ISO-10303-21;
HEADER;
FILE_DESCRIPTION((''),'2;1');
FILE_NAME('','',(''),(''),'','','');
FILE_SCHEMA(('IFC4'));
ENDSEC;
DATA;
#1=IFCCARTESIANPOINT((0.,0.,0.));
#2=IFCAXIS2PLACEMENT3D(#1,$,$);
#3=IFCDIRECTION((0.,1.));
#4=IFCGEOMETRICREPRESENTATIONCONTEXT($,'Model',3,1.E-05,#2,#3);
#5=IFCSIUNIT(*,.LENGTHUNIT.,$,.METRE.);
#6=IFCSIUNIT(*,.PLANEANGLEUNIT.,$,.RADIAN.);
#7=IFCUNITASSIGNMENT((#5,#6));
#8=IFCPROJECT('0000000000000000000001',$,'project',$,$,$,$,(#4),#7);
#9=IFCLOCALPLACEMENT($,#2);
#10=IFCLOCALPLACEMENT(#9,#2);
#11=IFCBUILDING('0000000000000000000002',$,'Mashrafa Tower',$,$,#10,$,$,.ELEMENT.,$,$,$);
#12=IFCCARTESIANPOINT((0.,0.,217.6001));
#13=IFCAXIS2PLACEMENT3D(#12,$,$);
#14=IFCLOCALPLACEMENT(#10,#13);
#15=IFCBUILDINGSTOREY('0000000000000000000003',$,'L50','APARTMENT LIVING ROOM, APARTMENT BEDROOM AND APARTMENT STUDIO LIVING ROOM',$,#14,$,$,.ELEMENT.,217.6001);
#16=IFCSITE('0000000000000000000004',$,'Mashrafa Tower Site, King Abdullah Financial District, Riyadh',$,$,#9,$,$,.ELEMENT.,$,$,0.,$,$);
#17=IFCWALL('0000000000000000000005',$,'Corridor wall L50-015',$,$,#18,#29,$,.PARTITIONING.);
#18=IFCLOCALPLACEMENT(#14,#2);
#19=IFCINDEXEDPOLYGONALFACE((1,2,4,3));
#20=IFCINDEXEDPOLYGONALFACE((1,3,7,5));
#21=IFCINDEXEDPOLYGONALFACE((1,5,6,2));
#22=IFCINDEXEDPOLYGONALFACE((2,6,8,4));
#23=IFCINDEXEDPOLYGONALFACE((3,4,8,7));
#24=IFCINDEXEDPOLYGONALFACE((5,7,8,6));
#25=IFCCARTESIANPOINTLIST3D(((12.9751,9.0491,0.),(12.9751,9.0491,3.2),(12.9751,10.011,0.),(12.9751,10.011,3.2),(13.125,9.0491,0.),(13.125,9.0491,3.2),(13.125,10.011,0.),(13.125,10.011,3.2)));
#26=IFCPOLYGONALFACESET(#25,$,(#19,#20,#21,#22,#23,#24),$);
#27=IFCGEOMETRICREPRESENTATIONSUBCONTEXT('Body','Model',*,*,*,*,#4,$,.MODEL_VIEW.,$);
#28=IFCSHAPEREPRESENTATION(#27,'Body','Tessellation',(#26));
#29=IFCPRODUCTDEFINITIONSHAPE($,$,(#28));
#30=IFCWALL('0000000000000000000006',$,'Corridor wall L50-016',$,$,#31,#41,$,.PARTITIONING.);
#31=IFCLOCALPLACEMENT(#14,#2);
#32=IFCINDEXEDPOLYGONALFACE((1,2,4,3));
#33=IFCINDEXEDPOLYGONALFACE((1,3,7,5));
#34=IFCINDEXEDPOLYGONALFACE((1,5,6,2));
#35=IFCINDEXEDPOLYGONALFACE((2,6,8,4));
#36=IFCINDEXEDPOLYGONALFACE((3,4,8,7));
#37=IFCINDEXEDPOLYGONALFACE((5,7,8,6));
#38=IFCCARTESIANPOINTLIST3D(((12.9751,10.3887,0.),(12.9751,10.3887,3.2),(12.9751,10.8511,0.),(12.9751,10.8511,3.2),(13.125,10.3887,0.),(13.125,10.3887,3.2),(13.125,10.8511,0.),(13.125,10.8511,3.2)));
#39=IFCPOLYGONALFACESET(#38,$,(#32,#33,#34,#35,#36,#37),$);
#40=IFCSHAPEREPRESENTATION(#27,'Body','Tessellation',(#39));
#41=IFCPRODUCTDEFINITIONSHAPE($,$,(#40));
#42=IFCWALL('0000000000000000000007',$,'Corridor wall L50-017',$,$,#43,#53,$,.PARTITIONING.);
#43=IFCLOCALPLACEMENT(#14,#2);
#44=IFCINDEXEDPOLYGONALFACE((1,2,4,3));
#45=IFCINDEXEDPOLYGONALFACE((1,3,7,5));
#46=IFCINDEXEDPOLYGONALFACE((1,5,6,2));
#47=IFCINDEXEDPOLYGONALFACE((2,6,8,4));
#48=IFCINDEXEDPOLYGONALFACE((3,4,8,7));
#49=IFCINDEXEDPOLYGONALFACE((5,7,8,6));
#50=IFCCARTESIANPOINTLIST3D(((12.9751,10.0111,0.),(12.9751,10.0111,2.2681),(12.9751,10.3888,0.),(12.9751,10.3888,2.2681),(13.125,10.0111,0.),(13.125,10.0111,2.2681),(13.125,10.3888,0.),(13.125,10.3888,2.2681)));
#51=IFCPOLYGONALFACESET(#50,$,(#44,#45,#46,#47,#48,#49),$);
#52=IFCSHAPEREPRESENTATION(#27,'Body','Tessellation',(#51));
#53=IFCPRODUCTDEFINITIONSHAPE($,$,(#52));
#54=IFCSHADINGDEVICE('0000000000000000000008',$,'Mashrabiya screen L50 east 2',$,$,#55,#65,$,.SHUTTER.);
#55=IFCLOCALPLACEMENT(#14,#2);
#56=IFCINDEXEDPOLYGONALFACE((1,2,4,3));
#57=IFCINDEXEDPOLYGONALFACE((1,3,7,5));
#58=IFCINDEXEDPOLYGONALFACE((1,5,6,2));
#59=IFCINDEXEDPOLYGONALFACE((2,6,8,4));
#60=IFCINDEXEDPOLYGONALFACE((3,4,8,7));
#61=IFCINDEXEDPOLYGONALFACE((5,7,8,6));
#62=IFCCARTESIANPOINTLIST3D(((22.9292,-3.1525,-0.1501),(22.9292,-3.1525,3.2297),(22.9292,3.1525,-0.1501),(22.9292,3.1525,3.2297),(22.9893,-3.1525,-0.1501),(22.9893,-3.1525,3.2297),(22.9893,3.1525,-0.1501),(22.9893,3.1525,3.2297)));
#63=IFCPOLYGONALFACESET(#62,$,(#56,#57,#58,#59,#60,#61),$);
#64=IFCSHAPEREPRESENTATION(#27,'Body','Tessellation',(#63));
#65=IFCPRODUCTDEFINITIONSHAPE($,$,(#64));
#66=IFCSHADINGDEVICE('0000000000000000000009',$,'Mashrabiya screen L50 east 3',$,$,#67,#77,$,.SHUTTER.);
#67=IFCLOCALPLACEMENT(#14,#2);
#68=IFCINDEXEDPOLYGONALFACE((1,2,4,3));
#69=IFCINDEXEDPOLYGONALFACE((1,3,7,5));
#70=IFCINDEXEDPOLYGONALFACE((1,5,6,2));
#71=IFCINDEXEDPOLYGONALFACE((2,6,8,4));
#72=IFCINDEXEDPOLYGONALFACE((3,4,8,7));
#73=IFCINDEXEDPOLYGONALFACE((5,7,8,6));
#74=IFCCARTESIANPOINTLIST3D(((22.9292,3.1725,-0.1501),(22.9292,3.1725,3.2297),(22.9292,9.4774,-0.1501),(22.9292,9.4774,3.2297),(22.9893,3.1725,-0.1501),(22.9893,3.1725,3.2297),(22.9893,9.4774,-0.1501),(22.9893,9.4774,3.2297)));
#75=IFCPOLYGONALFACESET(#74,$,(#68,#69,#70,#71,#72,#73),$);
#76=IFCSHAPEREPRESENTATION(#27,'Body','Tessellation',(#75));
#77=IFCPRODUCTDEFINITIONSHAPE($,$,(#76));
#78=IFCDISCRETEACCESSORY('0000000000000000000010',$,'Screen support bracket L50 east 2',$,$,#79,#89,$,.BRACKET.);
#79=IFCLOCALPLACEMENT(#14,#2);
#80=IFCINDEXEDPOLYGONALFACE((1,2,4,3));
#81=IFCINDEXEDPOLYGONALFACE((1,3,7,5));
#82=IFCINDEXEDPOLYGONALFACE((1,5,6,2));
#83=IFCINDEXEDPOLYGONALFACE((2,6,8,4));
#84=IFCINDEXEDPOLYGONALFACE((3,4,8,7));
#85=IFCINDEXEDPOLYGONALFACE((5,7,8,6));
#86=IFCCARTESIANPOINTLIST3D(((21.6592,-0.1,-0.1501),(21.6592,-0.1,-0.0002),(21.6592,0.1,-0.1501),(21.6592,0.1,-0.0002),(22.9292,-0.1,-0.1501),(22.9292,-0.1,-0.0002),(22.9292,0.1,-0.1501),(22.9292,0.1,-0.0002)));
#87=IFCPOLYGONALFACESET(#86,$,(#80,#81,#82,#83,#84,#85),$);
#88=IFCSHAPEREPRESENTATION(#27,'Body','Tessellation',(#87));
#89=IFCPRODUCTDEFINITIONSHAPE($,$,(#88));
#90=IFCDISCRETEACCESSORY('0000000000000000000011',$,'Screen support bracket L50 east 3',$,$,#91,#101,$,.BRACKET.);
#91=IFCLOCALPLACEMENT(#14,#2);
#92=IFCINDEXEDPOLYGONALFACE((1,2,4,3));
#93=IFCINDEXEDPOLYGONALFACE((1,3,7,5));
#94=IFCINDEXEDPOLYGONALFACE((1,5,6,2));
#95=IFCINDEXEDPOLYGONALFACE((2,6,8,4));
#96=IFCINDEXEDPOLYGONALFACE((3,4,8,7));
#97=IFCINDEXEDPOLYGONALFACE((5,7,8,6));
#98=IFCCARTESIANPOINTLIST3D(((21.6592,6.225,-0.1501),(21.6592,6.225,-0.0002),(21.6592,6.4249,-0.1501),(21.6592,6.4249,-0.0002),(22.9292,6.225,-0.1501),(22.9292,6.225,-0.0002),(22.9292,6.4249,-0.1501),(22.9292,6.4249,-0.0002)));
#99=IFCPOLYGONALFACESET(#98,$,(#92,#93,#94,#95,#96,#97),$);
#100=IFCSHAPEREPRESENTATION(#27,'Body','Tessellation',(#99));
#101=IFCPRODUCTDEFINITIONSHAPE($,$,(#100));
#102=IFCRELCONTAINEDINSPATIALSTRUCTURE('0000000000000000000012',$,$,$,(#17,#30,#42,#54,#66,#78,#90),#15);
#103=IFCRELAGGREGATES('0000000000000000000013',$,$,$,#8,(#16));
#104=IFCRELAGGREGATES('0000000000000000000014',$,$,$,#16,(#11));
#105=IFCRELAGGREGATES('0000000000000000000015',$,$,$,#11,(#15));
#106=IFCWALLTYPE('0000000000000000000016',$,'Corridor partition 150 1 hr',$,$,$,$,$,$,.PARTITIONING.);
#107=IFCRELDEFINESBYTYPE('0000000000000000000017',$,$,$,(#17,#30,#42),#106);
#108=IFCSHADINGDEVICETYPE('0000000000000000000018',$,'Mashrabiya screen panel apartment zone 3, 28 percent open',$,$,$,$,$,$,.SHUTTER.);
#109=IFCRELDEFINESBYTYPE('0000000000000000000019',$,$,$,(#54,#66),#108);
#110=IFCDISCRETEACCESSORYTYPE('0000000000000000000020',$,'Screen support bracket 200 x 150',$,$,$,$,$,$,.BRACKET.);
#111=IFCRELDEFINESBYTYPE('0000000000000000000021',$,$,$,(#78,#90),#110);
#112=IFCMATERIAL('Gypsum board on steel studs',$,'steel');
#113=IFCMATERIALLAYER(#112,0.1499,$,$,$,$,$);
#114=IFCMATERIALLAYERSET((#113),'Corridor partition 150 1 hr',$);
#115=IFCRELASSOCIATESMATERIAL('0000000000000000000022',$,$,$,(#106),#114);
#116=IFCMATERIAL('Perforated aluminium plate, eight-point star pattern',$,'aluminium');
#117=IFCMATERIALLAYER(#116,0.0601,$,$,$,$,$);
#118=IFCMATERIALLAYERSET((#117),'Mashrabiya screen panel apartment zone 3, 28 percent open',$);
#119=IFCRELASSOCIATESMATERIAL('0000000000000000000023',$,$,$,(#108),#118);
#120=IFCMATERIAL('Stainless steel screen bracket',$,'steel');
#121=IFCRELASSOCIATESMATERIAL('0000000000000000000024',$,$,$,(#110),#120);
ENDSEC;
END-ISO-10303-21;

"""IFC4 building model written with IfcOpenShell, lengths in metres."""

from ifc_helpers import new_model, si_unit, direction, frame, frame_2d, origin, origin_2d, place, context, subcontext, project, spatial, rectangle, extrude, source, transform, mapped, material, layer, layer_set, type_object, type_shapes, element, save


model = new_model("IFC4")

# Units and contexts
model_context = context("Model", 3, precision=1e-05, world=origin(), true_north=direction((0.0, 1.0)))
body_context = subcontext(model_context, "Body", "Model", "MODEL_VIEW")
ifc_project = project(units=[si_unit("LENGTHUNIT", "METRE"), si_unit("PLANEANGLEUNIT", "RADIAN")], contexts=[model_context])

# Site, building, storey
site_placement = place(None, origin())
site = spatial("IfcSite", under=ifc_project, at=site_placement, Name="Mashrafa Tower Site, King Abdullah Financial District, Riyadh", CompositionType="ELEMENT", RefElevation=0.0)
building_placement = place(site_placement, origin())
building = spatial("IfcBuilding", under=site, at=building_placement, Name="Mashrafa Tower", CompositionType="ELEMENT")
storey_placement = place(building_placement, frame((0.0, 0.0, 217.6001)))
storey = spatial("IfcBuildingStorey", under=building, at=storey_placement, Name="L50", Description="APARTMENT LIVING ROOM, APARTMENT BEDROOM AND APARTMENT STUDIO LIVING ROOM", CompositionType="ELEMENT", Elevation=217.6001)

# Shared definitions
ifc_material_1 = material(Name="Gypsum board on steel studs", Category="steel")
ifc_layer_1 = layer(ifc_material_1, 0.1499)
ifc_layer_set_1 = layer_set([ifc_layer_1], Name="Corridor partition 150 1 hr")
wall_type_1 = type_object("IfcWallType", Name="Corridor partition 150 1 hr", PredefinedType="PARTITIONING", material=ifc_layer_set_1)

# Walls
wall_1_placement = place(storey_placement, frame((13.05, 9.0491, 0.0), z_axis=(0.0, 0.0, 1.0), x_axis=(0.0, 1.0, 0.0)))
element("IfcWall", 1, at=wall_1_placement, inside=storey, type_object=wall_type_1, Name="Corridor wall L50-015", PredefinedType="PARTITIONING", context=body_context, shape_type="SweptSolid", body=[
    extrude(rectangle(XDim=0.9619, YDim=0.1499, at=frame_2d((0.481, 0.0))), origin(), (0.0, 0.0, 1.0), 3.2),
])
wall_2_placement = place(storey_placement, frame((13.05, 10.3887, 0.0), z_axis=(0.0, 0.0, 1.0), x_axis=(0.0, 1.0, 0.0)))
element("IfcWall", 2, at=wall_2_placement, inside=storey, type_object=wall_type_1, Name="Corridor wall L50-016", PredefinedType="PARTITIONING", context=body_context, shape_type="SweptSolid", body=[
    extrude(rectangle(XDim=0.4624, YDim=0.1499, at=frame_2d((0.2312, 0.0))), origin(), (0.0, 0.0, 1.0), 3.2),
])
wall_3_placement = place(storey_placement, frame((13.05, 10.011, 0.0), z_axis=(0.0, 0.0, 1.0), x_axis=(0.0, 1.0, 0.0)))
element("IfcWall", 3, at=wall_3_placement, inside=storey, type_object=wall_type_1, Name="Corridor wall L50-017", PredefinedType="PARTITIONING", context=body_context, shape_type="SweptSolid", body=[
    extrude(rectangle(XDim=0.3777, YDim=0.1499, at=frame_2d((0.189, 0.0))), origin(), (0.0, 0.0, 1.0), 2.2681),
])

# Shading devices
ifc_material_2 = material(Name="Perforated aluminium plate, eight-point star pattern", Category="aluminium")
ifc_layer_2 = layer(ifc_material_2, 0.0601)
ifc_layer_set_2 = layer_set([ifc_layer_2], Name="Mashrabiya screen panel apartment zone 3, 28 percent open")
shading_device_type = type_object("IfcShadingDeviceType", Name="Mashrabiya screen panel apartment zone 3, 28 percent open", PredefinedType="SHUTTER", material=ifc_layer_set_2)
shared_shape_1 = source(origin(), body_context, "Body", "SweptSolid", [
    extrude(rectangle(XDim=6.3049, YDim=0.0601, at=origin_2d()), origin(), (0.0, 0.0, 1.0), 3.3799),
])
type_shapes(shading_device_type, [shared_shape_1])
for number, where, z_axis, x_axis, name in (
    (4, (22.9592, 0.0, -0.1501), (0.0, 0.0, 1.0), (0.0, 1.0, 0.0), "Mashrabiya screen L50 east 2"),
    (5, (22.9592, 6.325, -0.1501), (0.0, 0.0, 1.0), (0.0, 1.0, 0.0), "Mashrabiya screen L50 east 3"),
):
    element("IfcShadingDevice", number, at=place(storey_placement, frame(where, z_axis=z_axis, x_axis=x_axis)), inside=storey, type_object=shading_device_type, Name=name, PredefinedType="SHUTTER", context=body_context, shape_type="MappedRepresentation", body=[
        mapped(shared_shape_1, transform((0.0, 0.0, 0.0))),
    ])

# Discrete accessories
ifc_material_3 = material(Name="Stainless steel screen bracket", Category="steel")
discrete_accessory_type = type_object("IfcDiscreteAccessoryType", Name="Screen support bracket 200 x 150", PredefinedType="BRACKET", material=ifc_material_3)
shared_shape_2 = source(origin(), body_context, "Body", "SweptSolid", [
    extrude(rectangle(XDim=0.2, YDim=1.27, at=origin_2d()), origin(), (0.0, 0.0, 1.0), 0.1499),
])
type_shapes(discrete_accessory_type, [shared_shape_2])
for number, where, z_axis, x_axis, name in (
    (6, (22.2942, 0.0, -0.1501), (0.0, 0.0, 1.0), (0.0, 1.0, 0.0), "Screen support bracket L50 east 2"),
    (7, (22.2942, 6.325, -0.1501), (0.0, 0.0, 1.0), (0.0, 1.0, 0.0), "Screen support bracket L50 east 3"),
):
    element("IfcDiscreteAccessory", number, at=place(storey_placement, frame(where, z_axis=z_axis, x_axis=x_axis)), inside=storey, type_object=discrete_accessory_type, Name=name, PredefinedType="BRACKET", context=body_context, shape_type="MappedRepresentation", body=[
        mapped(shared_shape_2, transform((0.0, 0.0, 0.0))),
    ])

save(model, "model.ifc")
